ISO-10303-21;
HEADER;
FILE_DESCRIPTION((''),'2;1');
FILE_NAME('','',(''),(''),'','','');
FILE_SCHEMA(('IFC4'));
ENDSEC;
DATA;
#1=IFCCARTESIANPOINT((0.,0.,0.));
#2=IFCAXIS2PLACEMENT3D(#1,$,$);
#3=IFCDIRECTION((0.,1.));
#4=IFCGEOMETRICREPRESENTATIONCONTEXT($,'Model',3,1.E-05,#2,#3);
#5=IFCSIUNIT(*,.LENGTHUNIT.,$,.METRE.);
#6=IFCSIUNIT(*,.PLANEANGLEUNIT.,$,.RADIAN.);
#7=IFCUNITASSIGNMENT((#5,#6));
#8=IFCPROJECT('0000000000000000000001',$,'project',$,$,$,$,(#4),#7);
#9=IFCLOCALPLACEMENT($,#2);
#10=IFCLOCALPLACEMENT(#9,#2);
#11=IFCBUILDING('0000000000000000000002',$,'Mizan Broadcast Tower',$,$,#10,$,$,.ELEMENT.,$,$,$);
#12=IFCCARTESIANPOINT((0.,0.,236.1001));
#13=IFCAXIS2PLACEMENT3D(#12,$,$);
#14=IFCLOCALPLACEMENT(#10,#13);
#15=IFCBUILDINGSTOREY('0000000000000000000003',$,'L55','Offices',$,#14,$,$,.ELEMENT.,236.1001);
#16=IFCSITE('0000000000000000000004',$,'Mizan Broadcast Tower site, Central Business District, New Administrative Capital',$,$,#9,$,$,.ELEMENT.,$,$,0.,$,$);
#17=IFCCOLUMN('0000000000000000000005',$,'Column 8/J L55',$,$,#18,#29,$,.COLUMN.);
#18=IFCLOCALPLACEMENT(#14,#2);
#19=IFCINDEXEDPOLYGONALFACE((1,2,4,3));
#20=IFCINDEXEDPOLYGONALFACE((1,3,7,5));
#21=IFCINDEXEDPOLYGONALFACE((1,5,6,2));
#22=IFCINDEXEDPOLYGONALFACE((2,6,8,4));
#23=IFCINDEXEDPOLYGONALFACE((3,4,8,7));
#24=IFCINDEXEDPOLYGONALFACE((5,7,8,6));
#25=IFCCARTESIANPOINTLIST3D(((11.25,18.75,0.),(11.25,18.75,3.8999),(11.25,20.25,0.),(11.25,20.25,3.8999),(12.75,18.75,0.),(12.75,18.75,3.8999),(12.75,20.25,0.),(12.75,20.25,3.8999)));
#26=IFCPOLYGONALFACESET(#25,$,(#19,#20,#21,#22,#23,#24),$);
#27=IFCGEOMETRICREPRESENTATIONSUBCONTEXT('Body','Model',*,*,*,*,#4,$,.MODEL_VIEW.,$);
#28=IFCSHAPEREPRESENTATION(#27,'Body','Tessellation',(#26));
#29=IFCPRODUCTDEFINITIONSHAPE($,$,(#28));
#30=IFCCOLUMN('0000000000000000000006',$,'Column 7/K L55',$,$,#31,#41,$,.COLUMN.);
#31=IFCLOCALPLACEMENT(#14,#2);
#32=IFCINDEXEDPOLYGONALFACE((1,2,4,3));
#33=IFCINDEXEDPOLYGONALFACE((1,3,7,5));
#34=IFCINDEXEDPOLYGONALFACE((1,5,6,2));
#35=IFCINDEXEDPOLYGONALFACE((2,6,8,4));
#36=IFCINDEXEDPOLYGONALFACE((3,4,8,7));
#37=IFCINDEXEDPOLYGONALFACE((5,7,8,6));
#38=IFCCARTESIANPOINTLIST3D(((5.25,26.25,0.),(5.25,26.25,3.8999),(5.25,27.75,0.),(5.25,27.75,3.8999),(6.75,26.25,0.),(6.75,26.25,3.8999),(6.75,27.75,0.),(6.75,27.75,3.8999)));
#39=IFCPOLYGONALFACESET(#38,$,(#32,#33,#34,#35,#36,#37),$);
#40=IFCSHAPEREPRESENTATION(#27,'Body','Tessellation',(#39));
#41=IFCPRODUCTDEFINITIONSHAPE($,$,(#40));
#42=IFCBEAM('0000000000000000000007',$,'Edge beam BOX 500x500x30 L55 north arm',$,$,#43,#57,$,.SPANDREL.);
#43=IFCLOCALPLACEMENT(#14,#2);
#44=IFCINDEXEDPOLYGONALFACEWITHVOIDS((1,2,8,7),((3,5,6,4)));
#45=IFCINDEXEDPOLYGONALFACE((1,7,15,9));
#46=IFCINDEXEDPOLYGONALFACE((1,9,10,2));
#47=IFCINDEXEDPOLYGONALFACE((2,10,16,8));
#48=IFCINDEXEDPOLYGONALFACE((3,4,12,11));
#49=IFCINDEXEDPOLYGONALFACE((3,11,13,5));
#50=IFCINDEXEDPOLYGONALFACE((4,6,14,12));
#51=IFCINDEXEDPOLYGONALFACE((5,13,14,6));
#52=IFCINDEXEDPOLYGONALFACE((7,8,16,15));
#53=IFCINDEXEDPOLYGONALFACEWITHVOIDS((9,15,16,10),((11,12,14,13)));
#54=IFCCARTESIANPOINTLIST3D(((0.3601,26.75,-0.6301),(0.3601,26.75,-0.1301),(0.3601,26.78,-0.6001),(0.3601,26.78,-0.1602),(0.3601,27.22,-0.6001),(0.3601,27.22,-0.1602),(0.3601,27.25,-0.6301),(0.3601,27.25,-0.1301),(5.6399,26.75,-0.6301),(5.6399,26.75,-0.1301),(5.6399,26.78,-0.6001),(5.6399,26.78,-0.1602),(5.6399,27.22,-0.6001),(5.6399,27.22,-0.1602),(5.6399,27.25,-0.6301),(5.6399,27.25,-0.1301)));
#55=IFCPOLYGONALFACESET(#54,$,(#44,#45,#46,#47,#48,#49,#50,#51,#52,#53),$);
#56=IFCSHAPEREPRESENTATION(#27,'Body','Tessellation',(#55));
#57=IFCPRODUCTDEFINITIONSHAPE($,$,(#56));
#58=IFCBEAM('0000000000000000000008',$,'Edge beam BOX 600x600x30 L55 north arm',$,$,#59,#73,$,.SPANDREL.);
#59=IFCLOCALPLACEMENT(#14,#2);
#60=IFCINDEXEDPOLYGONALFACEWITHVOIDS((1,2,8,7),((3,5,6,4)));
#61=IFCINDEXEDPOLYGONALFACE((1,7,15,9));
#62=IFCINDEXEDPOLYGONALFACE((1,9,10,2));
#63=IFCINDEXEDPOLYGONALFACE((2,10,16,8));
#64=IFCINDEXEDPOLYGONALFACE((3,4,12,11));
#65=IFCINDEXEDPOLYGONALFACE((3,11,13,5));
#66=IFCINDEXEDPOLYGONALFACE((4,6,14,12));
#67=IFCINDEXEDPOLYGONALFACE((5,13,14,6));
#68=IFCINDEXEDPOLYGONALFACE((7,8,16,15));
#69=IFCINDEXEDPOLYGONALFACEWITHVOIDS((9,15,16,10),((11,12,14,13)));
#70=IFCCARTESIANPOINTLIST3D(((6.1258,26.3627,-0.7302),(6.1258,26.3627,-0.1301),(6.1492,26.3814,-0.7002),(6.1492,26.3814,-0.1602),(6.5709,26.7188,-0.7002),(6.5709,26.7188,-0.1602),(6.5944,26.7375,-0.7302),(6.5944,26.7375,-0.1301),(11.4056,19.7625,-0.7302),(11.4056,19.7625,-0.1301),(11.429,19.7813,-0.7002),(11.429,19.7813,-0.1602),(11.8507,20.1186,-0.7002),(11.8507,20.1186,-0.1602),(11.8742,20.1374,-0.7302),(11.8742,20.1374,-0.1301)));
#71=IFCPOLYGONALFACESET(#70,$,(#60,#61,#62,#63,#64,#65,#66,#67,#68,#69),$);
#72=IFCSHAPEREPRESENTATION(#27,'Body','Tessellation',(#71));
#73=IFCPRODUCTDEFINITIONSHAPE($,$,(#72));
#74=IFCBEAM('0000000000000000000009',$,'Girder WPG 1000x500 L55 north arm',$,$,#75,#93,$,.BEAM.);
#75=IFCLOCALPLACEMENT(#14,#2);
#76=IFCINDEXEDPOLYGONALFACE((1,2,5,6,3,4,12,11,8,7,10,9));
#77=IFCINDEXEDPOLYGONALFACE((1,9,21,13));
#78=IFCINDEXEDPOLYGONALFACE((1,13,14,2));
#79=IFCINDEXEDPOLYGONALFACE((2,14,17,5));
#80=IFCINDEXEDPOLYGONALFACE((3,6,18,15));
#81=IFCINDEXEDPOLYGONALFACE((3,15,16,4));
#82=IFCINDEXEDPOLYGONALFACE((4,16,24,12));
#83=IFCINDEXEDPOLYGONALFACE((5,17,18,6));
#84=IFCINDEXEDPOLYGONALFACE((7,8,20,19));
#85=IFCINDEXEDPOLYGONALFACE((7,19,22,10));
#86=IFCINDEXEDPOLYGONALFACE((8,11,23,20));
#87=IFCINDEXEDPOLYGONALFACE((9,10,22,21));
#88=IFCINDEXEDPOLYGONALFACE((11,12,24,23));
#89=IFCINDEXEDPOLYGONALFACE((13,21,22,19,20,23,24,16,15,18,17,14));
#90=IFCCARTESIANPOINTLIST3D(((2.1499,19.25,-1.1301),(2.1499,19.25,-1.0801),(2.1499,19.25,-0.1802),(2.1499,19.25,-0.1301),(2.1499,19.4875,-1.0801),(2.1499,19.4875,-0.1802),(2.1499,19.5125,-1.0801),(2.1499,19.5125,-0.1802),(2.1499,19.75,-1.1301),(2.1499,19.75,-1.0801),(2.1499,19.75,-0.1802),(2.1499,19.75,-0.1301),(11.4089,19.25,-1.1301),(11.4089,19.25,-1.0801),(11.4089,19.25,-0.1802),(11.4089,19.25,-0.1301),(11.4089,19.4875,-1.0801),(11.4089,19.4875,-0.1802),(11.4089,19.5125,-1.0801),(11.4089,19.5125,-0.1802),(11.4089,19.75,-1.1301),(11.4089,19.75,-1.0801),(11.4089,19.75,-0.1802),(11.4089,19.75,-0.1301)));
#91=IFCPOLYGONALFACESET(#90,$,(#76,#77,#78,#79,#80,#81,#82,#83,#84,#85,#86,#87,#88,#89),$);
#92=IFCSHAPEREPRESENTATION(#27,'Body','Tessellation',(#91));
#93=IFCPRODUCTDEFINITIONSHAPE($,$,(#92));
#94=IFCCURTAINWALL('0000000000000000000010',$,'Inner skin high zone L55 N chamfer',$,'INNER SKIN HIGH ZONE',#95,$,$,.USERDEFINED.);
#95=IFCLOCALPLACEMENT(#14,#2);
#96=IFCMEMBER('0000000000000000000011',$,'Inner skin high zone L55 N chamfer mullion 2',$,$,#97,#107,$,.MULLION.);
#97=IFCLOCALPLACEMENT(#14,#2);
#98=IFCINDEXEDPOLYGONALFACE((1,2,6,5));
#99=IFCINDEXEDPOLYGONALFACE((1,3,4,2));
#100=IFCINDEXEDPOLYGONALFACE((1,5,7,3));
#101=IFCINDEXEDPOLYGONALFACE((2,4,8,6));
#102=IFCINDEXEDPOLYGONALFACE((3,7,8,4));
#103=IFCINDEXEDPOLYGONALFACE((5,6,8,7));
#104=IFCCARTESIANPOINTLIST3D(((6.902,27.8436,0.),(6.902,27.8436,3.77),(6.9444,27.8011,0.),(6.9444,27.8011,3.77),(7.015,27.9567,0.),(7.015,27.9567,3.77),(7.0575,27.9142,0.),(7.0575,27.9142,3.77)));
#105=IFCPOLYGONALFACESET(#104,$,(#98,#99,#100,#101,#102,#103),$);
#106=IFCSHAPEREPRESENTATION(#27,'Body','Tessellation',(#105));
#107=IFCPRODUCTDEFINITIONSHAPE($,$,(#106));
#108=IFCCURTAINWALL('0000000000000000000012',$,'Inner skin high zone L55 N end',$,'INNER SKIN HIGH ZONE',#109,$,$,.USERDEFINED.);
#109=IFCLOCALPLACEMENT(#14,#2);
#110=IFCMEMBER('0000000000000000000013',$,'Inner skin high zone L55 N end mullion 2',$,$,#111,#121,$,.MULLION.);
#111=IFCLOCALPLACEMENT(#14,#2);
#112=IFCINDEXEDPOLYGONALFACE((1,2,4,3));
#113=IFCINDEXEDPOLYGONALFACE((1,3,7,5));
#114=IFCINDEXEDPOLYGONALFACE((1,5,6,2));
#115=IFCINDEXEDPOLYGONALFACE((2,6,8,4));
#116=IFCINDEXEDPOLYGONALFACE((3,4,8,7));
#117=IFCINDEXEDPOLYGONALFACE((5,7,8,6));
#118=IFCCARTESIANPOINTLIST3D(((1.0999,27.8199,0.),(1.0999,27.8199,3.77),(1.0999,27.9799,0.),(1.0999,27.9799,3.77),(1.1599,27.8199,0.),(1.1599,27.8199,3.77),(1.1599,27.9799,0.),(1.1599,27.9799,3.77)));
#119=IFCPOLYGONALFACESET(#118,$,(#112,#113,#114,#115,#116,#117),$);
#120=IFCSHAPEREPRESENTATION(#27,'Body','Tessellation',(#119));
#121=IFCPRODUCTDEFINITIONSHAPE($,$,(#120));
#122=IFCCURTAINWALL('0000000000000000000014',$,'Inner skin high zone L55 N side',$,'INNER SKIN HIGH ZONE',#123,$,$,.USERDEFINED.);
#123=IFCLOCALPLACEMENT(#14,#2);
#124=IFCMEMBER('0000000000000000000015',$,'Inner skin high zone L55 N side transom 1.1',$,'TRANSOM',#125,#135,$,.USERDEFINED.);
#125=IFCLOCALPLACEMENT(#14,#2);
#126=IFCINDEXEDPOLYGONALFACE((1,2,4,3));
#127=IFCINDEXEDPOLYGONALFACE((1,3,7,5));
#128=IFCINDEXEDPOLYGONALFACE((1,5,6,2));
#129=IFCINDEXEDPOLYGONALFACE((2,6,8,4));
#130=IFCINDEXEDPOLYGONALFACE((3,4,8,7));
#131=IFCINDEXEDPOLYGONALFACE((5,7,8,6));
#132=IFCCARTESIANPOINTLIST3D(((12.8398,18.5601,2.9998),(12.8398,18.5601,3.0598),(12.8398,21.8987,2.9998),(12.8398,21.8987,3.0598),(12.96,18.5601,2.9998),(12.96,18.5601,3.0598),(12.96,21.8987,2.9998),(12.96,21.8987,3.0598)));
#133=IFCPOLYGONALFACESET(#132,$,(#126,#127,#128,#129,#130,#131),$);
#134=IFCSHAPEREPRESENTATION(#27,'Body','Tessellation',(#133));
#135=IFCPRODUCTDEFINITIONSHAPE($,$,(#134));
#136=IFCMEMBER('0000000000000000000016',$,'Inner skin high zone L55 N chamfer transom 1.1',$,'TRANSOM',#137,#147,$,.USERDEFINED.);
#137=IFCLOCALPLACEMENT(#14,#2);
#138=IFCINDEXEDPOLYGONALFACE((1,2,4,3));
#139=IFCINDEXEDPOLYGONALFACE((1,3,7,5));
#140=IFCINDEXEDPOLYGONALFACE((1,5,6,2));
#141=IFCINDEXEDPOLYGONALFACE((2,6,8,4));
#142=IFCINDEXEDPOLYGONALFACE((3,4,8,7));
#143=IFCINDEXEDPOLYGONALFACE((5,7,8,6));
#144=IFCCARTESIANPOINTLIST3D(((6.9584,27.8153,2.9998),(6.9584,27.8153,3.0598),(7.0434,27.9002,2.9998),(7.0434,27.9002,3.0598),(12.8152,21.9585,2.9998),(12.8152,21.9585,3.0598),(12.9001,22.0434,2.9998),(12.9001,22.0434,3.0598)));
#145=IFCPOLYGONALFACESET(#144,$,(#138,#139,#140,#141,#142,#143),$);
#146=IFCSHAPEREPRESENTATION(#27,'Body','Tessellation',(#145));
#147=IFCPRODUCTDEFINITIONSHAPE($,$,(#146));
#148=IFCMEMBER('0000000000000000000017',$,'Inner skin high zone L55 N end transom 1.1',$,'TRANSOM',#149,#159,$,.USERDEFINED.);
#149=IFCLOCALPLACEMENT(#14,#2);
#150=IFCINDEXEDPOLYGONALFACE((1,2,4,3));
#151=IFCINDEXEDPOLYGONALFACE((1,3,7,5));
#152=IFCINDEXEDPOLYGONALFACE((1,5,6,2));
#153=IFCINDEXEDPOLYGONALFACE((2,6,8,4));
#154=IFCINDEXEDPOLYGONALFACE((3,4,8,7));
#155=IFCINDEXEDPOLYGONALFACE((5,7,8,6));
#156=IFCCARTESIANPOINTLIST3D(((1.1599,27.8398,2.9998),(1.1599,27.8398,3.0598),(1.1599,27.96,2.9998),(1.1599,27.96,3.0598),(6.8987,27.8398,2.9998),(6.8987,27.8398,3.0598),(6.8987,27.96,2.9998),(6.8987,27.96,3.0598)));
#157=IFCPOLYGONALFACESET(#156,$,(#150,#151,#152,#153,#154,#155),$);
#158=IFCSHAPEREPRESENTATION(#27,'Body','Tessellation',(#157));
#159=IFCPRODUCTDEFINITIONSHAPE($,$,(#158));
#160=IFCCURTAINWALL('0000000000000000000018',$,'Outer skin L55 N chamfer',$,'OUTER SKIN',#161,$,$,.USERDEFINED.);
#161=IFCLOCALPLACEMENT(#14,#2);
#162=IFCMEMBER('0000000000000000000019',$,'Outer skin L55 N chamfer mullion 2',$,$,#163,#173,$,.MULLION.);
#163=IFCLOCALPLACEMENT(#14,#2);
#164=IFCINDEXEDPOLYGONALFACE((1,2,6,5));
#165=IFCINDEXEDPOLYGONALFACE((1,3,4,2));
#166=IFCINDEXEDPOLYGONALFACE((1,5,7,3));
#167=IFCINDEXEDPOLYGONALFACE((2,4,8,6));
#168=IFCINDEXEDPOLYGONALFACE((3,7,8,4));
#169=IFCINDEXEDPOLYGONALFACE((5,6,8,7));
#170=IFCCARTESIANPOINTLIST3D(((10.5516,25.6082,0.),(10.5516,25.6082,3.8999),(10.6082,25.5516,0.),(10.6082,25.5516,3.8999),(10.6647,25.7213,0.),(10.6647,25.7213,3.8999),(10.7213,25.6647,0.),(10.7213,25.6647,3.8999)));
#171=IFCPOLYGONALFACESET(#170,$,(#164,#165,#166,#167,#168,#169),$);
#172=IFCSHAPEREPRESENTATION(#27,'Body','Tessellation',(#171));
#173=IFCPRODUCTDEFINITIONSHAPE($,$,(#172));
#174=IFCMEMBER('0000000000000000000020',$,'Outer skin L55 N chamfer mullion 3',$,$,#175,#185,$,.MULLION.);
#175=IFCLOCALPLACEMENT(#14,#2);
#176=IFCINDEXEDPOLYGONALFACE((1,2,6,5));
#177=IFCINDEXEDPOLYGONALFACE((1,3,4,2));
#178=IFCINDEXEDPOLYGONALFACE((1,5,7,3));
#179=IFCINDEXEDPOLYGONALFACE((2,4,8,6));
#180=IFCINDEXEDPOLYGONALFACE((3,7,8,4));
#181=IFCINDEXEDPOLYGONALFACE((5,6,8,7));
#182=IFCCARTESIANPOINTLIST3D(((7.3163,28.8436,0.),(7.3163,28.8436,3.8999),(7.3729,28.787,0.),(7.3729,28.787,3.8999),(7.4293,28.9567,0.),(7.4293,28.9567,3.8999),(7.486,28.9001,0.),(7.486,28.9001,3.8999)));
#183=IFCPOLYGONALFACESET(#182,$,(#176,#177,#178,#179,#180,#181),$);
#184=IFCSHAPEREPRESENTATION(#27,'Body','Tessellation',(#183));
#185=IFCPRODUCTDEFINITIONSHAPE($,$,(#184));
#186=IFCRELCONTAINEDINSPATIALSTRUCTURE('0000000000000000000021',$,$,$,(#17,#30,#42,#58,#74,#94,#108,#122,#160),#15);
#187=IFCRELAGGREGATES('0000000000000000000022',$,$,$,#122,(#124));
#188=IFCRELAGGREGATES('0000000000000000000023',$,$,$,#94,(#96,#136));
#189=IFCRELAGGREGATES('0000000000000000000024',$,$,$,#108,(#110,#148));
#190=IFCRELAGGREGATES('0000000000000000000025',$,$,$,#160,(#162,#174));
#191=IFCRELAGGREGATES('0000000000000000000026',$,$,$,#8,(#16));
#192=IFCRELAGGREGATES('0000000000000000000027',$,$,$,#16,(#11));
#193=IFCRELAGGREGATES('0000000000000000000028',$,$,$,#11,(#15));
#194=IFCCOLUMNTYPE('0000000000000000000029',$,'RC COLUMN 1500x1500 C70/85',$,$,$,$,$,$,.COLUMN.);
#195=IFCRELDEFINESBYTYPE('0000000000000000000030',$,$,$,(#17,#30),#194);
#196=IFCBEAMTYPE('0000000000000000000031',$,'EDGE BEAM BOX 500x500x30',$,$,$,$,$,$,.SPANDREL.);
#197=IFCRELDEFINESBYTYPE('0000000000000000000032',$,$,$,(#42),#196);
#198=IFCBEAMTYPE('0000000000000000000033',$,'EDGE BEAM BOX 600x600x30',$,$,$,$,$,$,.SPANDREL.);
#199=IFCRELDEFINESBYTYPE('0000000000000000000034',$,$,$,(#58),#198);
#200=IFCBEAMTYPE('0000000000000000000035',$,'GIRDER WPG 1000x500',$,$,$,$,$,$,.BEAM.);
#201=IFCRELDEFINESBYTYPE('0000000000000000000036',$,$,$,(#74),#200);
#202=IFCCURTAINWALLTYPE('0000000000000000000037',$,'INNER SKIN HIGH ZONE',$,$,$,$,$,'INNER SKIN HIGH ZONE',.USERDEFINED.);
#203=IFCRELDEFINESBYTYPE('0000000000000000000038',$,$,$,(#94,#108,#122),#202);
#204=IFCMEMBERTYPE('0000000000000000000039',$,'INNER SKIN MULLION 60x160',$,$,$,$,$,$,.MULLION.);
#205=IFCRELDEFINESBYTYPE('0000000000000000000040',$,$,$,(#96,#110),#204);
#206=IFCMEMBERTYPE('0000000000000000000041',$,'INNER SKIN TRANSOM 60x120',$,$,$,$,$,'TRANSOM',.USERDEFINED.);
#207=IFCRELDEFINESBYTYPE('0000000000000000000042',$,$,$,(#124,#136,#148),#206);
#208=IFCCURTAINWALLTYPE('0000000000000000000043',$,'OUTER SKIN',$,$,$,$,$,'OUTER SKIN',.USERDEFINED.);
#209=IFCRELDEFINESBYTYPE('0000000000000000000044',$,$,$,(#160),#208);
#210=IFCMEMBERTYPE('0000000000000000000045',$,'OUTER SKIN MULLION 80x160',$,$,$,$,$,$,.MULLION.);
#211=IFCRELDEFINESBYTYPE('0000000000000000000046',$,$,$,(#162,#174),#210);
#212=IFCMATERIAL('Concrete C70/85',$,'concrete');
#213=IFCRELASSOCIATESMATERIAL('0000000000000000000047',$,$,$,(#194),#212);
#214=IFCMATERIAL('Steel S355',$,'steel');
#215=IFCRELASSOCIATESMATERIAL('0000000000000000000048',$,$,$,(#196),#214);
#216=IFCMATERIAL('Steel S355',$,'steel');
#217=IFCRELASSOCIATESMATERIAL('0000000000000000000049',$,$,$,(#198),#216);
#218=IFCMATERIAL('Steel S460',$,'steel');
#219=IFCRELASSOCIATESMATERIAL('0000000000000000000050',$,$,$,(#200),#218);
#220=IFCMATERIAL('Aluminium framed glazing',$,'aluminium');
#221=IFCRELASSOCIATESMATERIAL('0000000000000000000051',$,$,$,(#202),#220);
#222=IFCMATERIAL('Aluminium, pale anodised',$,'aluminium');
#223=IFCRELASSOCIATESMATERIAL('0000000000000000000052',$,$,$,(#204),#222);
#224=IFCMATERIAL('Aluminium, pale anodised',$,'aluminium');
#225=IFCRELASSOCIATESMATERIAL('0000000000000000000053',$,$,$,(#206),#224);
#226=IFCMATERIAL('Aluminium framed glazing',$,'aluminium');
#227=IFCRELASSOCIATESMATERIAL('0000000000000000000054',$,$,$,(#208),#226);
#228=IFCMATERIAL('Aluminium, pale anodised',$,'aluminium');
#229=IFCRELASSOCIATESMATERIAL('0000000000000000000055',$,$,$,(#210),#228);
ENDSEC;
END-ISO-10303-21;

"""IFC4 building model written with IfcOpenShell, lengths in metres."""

from ifc_helpers import new_model, si_unit, direction, frame, origin, origin_2d, place, context, subcontext, project, spatial, rectangle, hollow_rectangle, i_section, extrude, material, material_profile, profile_set, type_object, element, aggregate, save


model = new_model("IFC4")

# Units and contexts
model_context = context("Model", 3, precision=1e-05, world=origin(), true_north=direction((0.0, 1.0)))
body_context = subcontext(model_context, "Body", "Model", "MODEL_VIEW")
ifc_project = project(units=[si_unit("LENGTHUNIT", "METRE"), si_unit("PLANEANGLEUNIT", "RADIAN")], contexts=[model_context])

# Site, building, storey
site_placement = place(None, origin())
site = spatial("IfcSite", under=ifc_project, at=site_placement, Name="Mizan Broadcast Tower site, Central Business District, New Administrative Capital", CompositionType="ELEMENT", RefElevation=0.0)
building_placement = place(site_placement, origin())
building = spatial("IfcBuilding", under=site, at=building_placement, Name="Mizan Broadcast Tower", CompositionType="ELEMENT")
storey_placement = place(building_placement, frame((0.0, 0.0, 236.1001)))
storey = spatial("IfcBuildingStorey", under=building, at=storey_placement, Name="L55", Description="Offices", CompositionType="ELEMENT", Elevation=236.1001)

# Columns
ifc_material_1 = material(Name="Concrete C70/85", Category="concrete")
ifc_material_profile_1 = material_profile(ifc_material_1, rectangle(XDim=1.5, YDim=1.5, at=origin_2d()), Name="RC 1500x1500")
ifc_profile_set_1 = profile_set([ifc_material_profile_1], Name="Concrete C70/85")
column_type = type_object("IfcColumnType", Name="RC COLUMN 1500x1500 C70/85", PredefinedType="COLUMN", material=ifc_profile_set_1)
for number, where, z_axis, x_axis, name in (
    (1, (12.0, 19.5, 0.0), (0.0, 0.0, 1.0), (1.0, 0.0, 0.0), "Column 8/J L55"),
    (2, (6.0, 27.0, 0.0), (0.0, 0.0, 1.0), (1.0, 0.0, 0.0), "Column 7/K L55"),
):
    element("IfcColumn", number, at=place(storey_placement, frame(where, z_axis=z_axis, x_axis=x_axis)), inside=storey, type_object=column_type, Name=name, PredefinedType="COLUMN", context=body_context, shape_type="SweptSolid", body=[
        extrude(rectangle(XDim=1.5, YDim=1.5, at=origin_2d()), origin(), (0.0, 0.0, 1.0), 3.8999),
    ])

# Beams
ifc_material_2 = material(Name="Steel S355", Category="steel")
ifc_material_profile_2 = material_profile(ifc_material_2, hollow_rectangle(XDim=0.5, YDim=0.5, WallThickness=0.03, at=origin_2d()), Name="BOX 500x500x30")
ifc_profile_set_2 = profile_set([ifc_material_profile_2], Name="Steel S355")
beam_type_1 = type_object("IfcBeamType", Name="EDGE BEAM BOX 500x500x30", PredefinedType="SPANDREL", material=ifc_profile_set_2)
beam_1_placement = place(storey_placement, frame((5.6399, 27.0, -0.3801), z_axis=(-1.0, 0.0, 0.0), x_axis=(0.0, -1.0, 0.0)))
element("IfcBeam", 3, at=beam_1_placement, inside=storey, type_object=beam_type_1, Name="Edge beam BOX 500x500x30 L55 north arm", PredefinedType="SPANDREL", context=body_context, shape_type="SweptSolid", body=[
    extrude(hollow_rectangle(XDim=0.5, YDim=0.5, WallThickness=0.03, at=origin_2d()), origin(), (0.0, 0.0, 1.0), 5.2798),
])
ifc_material_3 = material(Name="Steel S355", Category="steel")
ifc_material_profile_3 = material_profile(ifc_material_3, hollow_rectangle(XDim=0.6001, YDim=0.6001, WallThickness=0.03, at=origin_2d()), Name="BOX 600x600x30")
ifc_profile_set_3 = profile_set([ifc_material_profile_3], Name="Steel S355")
beam_type_2 = type_object("IfcBeamType", Name="EDGE BEAM BOX 600x600x30", PredefinedType="SPANDREL", material=ifc_profile_set_3)
beam_2_placement = place(storey_placement, frame((11.6399, 19.95, -0.4302), z_axis=(-0.624674, 0.780886, 0.0), x_axis=(-0.780886, -0.624674, 0.0)))
element("IfcBeam", 4, at=beam_2_placement, inside=storey, type_object=beam_type_2, Name="Edge beam BOX 600x600x30 L55 north arm", PredefinedType="SPANDREL", context=body_context, shape_type="SweptSolid", body=[
    extrude(hollow_rectangle(XDim=0.6001, YDim=0.6001, WallThickness=0.03, at=origin_2d()), origin(), (0.0, 0.0, 1.0), 8.4521),
])
ifc_material_4 = material(Name="Steel S460", Category="steel")
ifc_material_profile_4 = material_profile(ifc_material_4, i_section(OverallWidth=0.5, OverallDepth=1.0, WebThickness=0.0249, FlangeThickness=0.05, at=origin_2d()), Name="WPG 1000x500")
ifc_profile_set_4 = profile_set([ifc_material_profile_4], Name="Steel S460")
beam_type_3 = type_object("IfcBeamType", Name="GIRDER WPG 1000x500", PredefinedType="BEAM", material=ifc_profile_set_4)
beam_3_placement = place(storey_placement, frame((11.4089, 19.5, -0.6301), z_axis=(-1.0, 0.0, 0.0), x_axis=(0.0, -1.0, 0.0)))
element("IfcBeam", 5, at=beam_3_placement, inside=storey, type_object=beam_type_3, Name="Girder WPG 1000x500 L55 north arm", PredefinedType="BEAM", context=body_context, shape_type="SweptSolid", body=[
    extrude(i_section(OverallWidth=0.5, OverallDepth=1.0, WebThickness=0.0249, FlangeThickness=0.05, at=origin_2d()), origin(), (0.0, 0.0, 1.0), 9.259),
])

# Curtain walls, members
ifc_material_5 = material(Name="Aluminium framed glazing", Category="aluminium")
curtain_wall_type_1 = type_object("IfcCurtainWallType", Name="INNER SKIN HIGH ZONE", ElementType="INNER SKIN HIGH ZONE", PredefinedType="USERDEFINED", material=ifc_material_5)
curtain_wall_1_placement = place(storey_placement, origin())
curtain_wall_1 = element("IfcCurtainWall", 6, at=curtain_wall_1_placement, inside=storey, type_object=curtain_wall_type_1, Name="Inner skin high zone L55 N chamfer", ObjectType="INNER SKIN HIGH ZONE", PredefinedType="USERDEFINED")
ifc_material_6 = material(Name="Aluminium, pale anodised", Category="aluminium")
ifc_material_profile_5 = material_profile(ifc_material_6, rectangle(XDim=0.1599, YDim=0.0601, at=origin_2d()), Name="MULLION 160x60")
ifc_profile_set_5 = profile_set([ifc_material_profile_5], Name="Aluminium, pale anodised")
member_type_1 = type_object("IfcMemberType", Name="INNER SKIN MULLION 60x160", PredefinedType="MULLION", material=ifc_profile_set_5)
member_1_placement = place(storey_placement, frame((6.9797, 27.8789, 0.0), z_axis=(0.0, 0.0, 1.0), x_axis=(-0.707107, -0.707107, 0.0)))
member_1 = element("IfcMember", 7, at=member_1_placement, type_object=member_type_1, Name="Inner skin high zone L55 N chamfer mullion 2", PredefinedType="MULLION", context=body_context, shape_type="SweptSolid", body=[
    extrude(rectangle(XDim=0.1599, YDim=0.0601, at=origin_2d()), origin(), (0.0, 0.0, 1.0), 3.77),
])
curtain_wall_2_placement = place(storey_placement, origin())
curtain_wall_2 = element("IfcCurtainWall", 8, at=curtain_wall_2_placement, inside=storey, type_object=curtain_wall_type_1, Name="Inner skin high zone L55 N end", ObjectType="INNER SKIN HIGH ZONE", PredefinedType="USERDEFINED")
member_2_placement = place(storey_placement, frame((1.1299, 27.8999, 0.0), z_axis=(0.0, 0.0, 1.0), x_axis=(0.0, -1.0, 0.0)))
member_2 = element("IfcMember", 9, at=member_2_placement, type_object=member_type_1, Name="Inner skin high zone L55 N end mullion 2", PredefinedType="MULLION", context=body_context, shape_type="SweptSolid", body=[
    extrude(rectangle(XDim=0.1599, YDim=0.0601, at=origin_2d()), origin(), (0.0, 0.0, 1.0), 3.77),
])
curtain_wall_3_placement = place(storey_placement, origin())
curtain_wall_3 = element("IfcCurtainWall", 10, at=curtain_wall_3_placement, inside=storey, type_object=curtain_wall_type_1, Name="Inner skin high zone L55 N side", ObjectType="INNER SKIN HIGH ZONE", PredefinedType="USERDEFINED")
ifc_material_7 = material(Name="Aluminium, pale anodised", Category="aluminium")
ifc_material_profile_6 = material_profile(ifc_material_7, rectangle(XDim=0.1201, YDim=0.0601, at=origin_2d()), Name="TRANSOM 120x60")
ifc_profile_set_6 = profile_set([ifc_material_profile_6], Name="Aluminium, pale anodised")
member_type_2 = type_object("IfcMemberType", Name="INNER SKIN TRANSOM 60x120", ElementType="TRANSOM", PredefinedType="USERDEFINED", material=ifc_profile_set_6)
member_3_placement = place(storey_placement, frame((12.8999, 18.5601, 3.0298), z_axis=(0.0, 1.0, 0.0), x_axis=(-1.0, 0.0, 0.0)))
member_3 = element("IfcMember", 11, at=member_3_placement, type_object=member_type_2, Name="Inner skin high zone L55 N side transom 1.1", ObjectType="TRANSOM", PredefinedType="USERDEFINED", context=body_context, shape_type="SweptSolid", body=[
    extrude(rectangle(XDim=0.1201, YDim=0.0601, at=origin_2d()), origin(), (0.0, 0.0, 1.0), 3.3386),
])

# Members
member_4_placement = place(storey_placement, frame((12.8577, 22.001, 3.0298), z_axis=(-0.707107, 0.707107, 0.0), x_axis=(-0.707107, -0.707107, 0.0)))
member_4 = element("IfcMember", 12, at=member_4_placement, type_object=member_type_2, Name="Inner skin high zone L55 N chamfer transom 1.1", ObjectType="TRANSOM", PredefinedType="USERDEFINED", context=body_context, shape_type="SweptSolid", body=[
    extrude(rectangle(XDim=0.1201, YDim=0.0601, at=origin_2d()), origin(), (0.0, 0.0, 1.0), 8.2827),
])
member_5_placement = place(storey_placement, frame((6.8987, 27.8999, 3.0298), z_axis=(-1.0, 0.0, 0.0), x_axis=(0.0, -1.0, 0.0)))
member_5 = element("IfcMember", 13, at=member_5_placement, type_object=member_type_2, Name="Inner skin high zone L55 N end transom 1.1", ObjectType="TRANSOM", PredefinedType="USERDEFINED", context=body_context, shape_type="SweptSolid", body=[
    extrude(rectangle(XDim=0.1201, YDim=0.0601, at=origin_2d()), origin(), (0.0, 0.0, 1.0), 5.7388),
])

# Curtain wall, members
ifc_material_8 = material(Name="Aluminium framed glazing", Category="aluminium")
curtain_wall_type_2 = type_object("IfcCurtainWallType", Name="OUTER SKIN", ElementType="OUTER SKIN", PredefinedType="USERDEFINED", material=ifc_material_8)
curtain_wall_4_placement = place(storey_placement, origin())
curtain_wall_4 = element("IfcCurtainWall", 14, at=curtain_wall_4_placement, inside=storey, type_object=curtain_wall_type_2, Name="Outer skin L55 N chamfer", ObjectType="OUTER SKIN", PredefinedType="USERDEFINED")
ifc_material_9 = material(Name="Aluminium, pale anodised", Category="aluminium")
ifc_material_profile_7 = material_profile(ifc_material_9, rectangle(XDim=0.1599, YDim=0.0801, at=origin_2d()), Name="MULLION 160x80")
ifc_profile_set_7 = profile_set([ifc_material_profile_7], Name="Aluminium, pale anodised")
member_type_3 = type_object("IfcMemberType", Name="OUTER SKIN MULLION 80x160", PredefinedType="MULLION", material=ifc_profile_set_7)
member_6_placement = place(storey_placement, frame((10.6365, 25.6365, 0.0), z_axis=(0.0, 0.0, 1.0), x_axis=(-0.707107, -0.707107, 0.0)))
member_6 = element("IfcMember", 15, at=member_6_placement, type_object=member_type_3, Name="Outer skin L55 N chamfer mullion 2", PredefinedType="MULLION", context=body_context, shape_type="SweptSolid", body=[
    extrude(rectangle(XDim=0.1599, YDim=0.0801, at=origin_2d()), origin(), (0.0, 0.0, 1.0), 3.8999),
])
member_7_placement = place(storey_placement, frame((7.4011, 28.8718, 0.0), z_axis=(0.0, 0.0, 1.0), x_axis=(-0.707107, -0.707107, 0.0)))
member_7 = element("IfcMember", 16, at=member_7_placement, type_object=member_type_3, Name="Outer skin L55 N chamfer mullion 3", PredefinedType="MULLION", context=body_context, shape_type="SweptSolid", body=[
    extrude(rectangle(XDim=0.1599, YDim=0.0801, at=origin_2d()), origin(), (0.0, 0.0, 1.0), 3.8999),
])

aggregate(curtain_wall_3, [member_3])
aggregate(curtain_wall_1, [member_1, member_4])
aggregate(curtain_wall_2, [member_2, member_5])
aggregate(curtain_wall_4, [member_6, member_7])

save(model, "model.ifc")
